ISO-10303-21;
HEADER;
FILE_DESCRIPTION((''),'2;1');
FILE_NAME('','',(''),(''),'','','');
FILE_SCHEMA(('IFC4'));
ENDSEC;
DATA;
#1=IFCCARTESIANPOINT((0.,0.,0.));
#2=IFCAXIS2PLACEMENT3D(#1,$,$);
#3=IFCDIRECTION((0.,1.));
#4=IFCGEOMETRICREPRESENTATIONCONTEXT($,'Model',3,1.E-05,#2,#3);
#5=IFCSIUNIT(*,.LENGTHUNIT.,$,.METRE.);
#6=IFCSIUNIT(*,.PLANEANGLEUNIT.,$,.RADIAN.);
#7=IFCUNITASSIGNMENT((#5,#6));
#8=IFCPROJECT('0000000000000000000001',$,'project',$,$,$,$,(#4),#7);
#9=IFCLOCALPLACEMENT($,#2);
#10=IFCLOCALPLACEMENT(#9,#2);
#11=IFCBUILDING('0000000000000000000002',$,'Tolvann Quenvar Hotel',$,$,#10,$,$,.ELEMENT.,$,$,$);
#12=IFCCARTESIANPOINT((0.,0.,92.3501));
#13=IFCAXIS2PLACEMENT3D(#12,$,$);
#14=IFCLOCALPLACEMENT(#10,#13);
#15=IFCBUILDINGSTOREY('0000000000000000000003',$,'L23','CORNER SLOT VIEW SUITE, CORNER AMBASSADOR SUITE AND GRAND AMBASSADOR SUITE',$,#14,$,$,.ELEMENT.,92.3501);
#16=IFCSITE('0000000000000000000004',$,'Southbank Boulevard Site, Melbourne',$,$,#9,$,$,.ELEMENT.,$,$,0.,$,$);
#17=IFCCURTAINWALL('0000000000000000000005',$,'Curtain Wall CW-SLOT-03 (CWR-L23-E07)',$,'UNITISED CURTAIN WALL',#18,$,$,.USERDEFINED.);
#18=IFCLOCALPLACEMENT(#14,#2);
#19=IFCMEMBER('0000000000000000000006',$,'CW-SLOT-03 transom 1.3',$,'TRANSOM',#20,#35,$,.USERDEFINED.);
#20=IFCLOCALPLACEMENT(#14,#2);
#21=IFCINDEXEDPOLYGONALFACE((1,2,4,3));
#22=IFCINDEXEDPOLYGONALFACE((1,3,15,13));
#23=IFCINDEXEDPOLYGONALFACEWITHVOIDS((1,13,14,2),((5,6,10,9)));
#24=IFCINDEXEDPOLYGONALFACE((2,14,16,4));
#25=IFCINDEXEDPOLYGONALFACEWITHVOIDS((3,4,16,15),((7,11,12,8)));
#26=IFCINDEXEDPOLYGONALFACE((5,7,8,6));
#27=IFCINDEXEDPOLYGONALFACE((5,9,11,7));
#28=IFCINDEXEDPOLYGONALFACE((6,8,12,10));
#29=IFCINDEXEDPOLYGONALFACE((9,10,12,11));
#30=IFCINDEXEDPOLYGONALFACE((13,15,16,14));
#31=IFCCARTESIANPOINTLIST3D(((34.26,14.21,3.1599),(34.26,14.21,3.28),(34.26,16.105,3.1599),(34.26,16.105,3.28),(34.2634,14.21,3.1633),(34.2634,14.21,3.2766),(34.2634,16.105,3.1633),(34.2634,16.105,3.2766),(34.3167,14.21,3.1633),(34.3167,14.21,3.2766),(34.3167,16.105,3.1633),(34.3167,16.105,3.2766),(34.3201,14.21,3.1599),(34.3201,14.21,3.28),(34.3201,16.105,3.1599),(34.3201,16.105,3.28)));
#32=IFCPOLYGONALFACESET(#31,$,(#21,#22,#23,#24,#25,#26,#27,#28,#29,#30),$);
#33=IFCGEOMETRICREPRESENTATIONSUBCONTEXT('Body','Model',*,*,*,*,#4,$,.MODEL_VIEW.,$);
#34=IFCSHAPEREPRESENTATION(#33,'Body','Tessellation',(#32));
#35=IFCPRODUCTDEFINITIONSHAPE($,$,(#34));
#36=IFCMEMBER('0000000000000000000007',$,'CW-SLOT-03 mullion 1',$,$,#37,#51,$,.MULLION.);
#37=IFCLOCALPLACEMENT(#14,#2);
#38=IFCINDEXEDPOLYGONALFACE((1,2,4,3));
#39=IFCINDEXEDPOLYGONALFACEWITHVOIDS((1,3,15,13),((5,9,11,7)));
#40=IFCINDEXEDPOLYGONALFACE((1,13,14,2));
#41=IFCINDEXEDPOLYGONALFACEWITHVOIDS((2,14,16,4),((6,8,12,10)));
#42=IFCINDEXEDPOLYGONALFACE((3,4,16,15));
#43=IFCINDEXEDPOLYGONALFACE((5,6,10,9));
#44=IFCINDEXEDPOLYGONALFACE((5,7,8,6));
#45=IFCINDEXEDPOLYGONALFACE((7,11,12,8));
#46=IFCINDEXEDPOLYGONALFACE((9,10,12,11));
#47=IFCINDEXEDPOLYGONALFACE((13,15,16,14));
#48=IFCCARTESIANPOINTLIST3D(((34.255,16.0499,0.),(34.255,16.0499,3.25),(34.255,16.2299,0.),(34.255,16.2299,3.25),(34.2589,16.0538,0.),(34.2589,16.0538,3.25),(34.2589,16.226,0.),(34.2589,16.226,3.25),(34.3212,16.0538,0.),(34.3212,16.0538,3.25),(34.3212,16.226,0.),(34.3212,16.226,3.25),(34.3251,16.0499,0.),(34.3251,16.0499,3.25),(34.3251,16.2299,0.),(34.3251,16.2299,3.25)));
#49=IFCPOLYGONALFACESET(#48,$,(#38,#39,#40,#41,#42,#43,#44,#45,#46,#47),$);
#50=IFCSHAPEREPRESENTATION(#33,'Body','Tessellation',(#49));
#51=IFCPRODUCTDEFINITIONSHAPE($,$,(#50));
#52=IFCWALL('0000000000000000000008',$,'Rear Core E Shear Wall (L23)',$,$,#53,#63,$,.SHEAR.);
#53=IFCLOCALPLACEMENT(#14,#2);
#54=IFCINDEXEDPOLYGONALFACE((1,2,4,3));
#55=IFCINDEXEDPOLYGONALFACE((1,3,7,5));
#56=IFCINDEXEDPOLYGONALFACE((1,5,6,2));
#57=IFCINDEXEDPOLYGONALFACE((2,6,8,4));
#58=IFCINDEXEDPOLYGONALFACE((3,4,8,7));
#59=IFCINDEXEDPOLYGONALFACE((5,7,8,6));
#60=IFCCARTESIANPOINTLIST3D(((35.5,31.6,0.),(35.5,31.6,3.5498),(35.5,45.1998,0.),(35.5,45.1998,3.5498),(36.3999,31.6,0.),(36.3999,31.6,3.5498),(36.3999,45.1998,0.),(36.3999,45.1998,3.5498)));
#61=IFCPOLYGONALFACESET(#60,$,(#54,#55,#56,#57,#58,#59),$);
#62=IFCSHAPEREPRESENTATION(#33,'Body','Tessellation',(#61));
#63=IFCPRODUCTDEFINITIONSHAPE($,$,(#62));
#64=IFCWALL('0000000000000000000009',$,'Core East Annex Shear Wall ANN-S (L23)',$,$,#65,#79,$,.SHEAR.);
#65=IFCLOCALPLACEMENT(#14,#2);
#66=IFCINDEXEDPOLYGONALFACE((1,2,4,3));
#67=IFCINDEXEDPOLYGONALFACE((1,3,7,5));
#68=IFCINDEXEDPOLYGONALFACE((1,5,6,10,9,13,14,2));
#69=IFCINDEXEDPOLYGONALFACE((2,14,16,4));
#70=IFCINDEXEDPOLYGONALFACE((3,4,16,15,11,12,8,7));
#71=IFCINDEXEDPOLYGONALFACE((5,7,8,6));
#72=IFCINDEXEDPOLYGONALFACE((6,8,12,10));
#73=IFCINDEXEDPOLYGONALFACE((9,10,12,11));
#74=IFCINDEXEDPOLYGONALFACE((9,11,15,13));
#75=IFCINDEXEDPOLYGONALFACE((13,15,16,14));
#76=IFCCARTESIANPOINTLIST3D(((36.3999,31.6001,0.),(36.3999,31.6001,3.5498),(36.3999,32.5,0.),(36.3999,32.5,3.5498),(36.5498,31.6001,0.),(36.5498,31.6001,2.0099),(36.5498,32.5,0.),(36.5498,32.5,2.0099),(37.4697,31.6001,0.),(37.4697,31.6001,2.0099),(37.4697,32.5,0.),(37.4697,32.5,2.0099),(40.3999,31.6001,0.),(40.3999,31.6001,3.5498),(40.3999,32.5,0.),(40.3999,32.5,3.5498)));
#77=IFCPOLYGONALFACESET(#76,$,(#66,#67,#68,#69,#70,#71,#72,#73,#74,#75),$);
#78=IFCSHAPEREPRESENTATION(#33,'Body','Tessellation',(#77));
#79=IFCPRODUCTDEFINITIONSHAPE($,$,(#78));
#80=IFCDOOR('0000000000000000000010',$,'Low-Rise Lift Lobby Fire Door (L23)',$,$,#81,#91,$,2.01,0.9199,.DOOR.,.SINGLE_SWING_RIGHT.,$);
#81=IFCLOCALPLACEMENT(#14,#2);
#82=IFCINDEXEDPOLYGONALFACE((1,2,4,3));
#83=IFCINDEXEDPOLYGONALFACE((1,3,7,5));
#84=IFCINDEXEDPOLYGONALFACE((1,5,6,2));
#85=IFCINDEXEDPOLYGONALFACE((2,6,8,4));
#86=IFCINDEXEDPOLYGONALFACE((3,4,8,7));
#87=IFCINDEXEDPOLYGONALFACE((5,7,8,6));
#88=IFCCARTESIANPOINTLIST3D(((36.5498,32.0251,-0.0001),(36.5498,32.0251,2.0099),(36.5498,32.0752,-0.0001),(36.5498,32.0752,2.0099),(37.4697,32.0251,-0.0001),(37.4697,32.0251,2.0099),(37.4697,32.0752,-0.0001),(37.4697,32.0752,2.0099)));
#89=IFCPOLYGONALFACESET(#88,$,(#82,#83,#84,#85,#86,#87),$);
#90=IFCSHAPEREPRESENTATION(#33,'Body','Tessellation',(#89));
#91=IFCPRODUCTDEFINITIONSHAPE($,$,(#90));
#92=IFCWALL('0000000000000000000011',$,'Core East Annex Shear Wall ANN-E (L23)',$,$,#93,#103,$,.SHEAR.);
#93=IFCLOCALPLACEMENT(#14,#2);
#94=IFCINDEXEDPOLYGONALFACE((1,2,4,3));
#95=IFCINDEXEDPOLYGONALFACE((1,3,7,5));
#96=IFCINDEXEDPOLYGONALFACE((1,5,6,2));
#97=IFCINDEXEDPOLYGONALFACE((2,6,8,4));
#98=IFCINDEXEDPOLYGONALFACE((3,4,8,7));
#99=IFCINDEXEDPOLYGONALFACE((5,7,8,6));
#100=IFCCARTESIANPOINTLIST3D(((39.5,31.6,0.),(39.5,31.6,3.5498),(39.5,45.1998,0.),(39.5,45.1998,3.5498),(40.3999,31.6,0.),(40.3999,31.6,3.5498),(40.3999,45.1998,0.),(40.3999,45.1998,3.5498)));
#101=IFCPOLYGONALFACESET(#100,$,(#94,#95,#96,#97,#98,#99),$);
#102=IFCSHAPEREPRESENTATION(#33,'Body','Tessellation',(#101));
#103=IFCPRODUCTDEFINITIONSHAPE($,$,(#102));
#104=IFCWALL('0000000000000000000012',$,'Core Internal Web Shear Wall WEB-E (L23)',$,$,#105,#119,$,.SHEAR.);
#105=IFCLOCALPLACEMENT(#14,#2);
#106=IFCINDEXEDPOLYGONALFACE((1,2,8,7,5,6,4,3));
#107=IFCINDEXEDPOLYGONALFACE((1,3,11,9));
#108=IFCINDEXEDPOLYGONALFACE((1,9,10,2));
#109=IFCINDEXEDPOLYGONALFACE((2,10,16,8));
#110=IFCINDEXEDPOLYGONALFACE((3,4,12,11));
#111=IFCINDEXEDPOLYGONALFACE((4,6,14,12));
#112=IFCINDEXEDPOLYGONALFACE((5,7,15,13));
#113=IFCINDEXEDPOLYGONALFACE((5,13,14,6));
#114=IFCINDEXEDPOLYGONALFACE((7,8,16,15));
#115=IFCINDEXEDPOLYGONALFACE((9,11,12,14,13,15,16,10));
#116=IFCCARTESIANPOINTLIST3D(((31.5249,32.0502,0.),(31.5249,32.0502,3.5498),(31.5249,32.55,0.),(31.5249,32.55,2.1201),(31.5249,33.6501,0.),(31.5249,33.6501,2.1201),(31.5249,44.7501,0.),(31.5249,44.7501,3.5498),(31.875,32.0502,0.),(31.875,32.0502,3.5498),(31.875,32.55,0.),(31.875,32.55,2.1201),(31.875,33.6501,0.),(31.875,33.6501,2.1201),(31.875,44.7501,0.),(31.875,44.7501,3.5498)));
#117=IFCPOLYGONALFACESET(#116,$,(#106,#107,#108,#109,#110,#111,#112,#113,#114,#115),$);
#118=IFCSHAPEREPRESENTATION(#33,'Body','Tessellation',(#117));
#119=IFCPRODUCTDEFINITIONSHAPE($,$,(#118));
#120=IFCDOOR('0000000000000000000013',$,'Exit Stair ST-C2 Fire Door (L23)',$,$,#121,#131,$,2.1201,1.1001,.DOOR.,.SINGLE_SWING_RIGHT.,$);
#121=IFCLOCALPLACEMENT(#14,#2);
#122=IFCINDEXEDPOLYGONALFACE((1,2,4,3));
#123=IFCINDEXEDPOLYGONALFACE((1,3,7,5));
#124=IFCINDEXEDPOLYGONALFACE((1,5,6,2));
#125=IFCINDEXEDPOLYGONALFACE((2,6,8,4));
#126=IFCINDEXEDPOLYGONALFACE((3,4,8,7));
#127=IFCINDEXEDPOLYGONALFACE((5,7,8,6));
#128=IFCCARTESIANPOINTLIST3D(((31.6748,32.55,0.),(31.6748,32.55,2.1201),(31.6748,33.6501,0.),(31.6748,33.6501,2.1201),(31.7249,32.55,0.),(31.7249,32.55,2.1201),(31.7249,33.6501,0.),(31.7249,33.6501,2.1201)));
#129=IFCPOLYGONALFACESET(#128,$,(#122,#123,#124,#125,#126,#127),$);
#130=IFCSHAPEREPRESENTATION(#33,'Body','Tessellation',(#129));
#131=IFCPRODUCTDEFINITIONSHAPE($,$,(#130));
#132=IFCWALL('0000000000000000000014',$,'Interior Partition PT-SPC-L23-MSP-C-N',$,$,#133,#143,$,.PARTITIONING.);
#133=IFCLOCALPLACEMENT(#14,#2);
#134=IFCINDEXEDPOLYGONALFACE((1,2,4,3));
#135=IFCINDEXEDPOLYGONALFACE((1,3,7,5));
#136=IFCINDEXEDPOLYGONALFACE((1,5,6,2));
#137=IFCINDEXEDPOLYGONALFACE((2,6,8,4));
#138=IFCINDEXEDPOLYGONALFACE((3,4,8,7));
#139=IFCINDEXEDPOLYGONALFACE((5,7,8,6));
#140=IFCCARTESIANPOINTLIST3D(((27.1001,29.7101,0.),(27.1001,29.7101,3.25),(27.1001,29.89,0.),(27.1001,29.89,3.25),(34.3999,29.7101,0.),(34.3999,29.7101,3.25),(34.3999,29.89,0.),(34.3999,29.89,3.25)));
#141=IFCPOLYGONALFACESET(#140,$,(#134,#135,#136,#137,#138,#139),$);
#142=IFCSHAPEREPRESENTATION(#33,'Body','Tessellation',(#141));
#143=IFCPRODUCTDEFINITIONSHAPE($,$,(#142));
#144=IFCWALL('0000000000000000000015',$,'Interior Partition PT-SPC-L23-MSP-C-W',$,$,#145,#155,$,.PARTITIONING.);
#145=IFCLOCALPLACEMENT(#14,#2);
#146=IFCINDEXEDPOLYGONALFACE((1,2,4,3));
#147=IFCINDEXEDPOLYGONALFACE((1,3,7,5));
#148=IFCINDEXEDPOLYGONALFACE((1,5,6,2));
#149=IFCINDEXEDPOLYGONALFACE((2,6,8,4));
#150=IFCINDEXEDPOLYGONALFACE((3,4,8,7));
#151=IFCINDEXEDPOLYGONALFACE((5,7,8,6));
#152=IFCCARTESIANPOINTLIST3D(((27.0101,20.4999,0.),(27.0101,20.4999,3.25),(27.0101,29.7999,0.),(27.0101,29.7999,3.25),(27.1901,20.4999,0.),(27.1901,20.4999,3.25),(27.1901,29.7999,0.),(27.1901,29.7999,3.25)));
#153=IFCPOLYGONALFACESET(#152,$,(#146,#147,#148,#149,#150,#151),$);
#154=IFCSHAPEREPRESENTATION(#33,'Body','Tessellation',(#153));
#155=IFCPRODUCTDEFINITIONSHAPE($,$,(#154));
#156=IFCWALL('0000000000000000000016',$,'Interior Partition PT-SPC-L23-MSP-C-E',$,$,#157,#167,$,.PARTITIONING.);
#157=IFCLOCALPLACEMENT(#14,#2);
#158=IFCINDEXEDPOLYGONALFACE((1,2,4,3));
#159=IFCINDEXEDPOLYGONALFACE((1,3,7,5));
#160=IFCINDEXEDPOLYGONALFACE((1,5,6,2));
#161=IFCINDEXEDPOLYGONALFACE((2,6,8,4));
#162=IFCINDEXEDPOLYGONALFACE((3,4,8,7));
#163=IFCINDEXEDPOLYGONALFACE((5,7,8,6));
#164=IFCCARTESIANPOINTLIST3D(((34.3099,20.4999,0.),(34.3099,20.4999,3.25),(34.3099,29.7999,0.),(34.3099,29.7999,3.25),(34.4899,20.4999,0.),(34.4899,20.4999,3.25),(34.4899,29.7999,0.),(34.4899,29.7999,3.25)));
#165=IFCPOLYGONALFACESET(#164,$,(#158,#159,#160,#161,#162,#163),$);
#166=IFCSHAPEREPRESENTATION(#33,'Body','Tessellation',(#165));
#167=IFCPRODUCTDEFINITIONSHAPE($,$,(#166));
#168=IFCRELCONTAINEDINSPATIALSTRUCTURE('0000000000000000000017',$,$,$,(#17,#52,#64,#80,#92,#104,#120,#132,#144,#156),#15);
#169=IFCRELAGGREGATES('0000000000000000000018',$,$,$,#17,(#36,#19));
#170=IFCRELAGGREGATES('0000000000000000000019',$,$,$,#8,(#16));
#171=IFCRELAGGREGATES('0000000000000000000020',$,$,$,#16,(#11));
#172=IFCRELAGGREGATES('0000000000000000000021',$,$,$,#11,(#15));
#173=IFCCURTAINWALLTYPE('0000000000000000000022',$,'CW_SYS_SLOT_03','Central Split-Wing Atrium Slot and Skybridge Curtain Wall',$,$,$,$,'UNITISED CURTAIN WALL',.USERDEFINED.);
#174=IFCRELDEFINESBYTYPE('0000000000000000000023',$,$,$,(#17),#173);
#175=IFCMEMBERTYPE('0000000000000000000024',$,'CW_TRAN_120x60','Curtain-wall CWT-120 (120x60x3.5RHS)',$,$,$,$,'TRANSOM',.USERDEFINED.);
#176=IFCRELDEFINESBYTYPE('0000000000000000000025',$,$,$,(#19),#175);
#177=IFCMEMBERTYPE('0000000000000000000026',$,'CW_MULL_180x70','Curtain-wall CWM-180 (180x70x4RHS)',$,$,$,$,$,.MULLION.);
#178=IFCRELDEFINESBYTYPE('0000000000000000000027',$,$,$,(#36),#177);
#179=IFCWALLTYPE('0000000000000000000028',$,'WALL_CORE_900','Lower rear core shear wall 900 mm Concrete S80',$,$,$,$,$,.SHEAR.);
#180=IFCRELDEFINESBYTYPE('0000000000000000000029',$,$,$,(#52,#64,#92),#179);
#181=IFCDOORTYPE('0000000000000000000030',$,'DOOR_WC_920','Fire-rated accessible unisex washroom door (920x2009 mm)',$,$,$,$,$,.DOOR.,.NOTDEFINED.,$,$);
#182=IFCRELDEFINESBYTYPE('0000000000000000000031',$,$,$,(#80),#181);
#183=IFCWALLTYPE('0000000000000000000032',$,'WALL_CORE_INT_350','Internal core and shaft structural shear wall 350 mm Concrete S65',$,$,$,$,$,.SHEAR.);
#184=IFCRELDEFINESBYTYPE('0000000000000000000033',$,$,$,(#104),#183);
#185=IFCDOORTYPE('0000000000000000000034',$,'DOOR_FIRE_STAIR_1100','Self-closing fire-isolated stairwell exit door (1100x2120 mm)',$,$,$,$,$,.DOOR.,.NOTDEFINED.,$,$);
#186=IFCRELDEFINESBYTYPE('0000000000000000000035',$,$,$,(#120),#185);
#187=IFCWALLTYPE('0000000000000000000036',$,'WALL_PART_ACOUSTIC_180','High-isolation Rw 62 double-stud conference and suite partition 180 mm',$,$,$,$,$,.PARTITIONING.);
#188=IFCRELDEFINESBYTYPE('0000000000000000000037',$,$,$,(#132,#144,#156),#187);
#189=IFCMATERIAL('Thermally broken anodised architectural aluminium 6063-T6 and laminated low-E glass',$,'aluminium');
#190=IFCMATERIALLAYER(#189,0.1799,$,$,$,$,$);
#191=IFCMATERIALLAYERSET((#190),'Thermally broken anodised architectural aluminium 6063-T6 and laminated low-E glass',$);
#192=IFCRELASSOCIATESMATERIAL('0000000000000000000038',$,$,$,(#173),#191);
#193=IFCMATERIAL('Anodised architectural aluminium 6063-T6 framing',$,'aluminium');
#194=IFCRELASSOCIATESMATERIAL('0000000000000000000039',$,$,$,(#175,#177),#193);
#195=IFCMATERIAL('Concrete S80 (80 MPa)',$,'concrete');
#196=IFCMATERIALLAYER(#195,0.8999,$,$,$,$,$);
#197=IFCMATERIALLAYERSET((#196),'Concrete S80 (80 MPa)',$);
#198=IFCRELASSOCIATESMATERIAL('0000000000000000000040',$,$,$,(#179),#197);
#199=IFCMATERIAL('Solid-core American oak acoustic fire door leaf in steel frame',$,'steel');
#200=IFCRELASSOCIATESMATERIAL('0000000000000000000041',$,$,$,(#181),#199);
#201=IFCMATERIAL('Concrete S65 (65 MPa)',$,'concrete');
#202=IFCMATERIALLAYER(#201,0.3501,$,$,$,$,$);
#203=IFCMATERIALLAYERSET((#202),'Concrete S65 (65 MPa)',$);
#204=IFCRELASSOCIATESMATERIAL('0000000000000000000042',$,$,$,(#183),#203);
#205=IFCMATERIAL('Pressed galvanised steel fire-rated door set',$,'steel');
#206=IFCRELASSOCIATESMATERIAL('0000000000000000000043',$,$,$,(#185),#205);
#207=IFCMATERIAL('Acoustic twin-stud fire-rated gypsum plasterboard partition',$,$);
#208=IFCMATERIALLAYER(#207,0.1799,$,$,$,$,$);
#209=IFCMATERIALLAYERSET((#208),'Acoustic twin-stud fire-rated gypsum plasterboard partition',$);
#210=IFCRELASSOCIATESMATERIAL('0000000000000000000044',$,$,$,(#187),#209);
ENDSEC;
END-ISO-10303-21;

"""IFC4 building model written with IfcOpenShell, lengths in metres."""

from ifc_helpers import new_model, si_unit, direction, frame, frame_2d, origin, origin_2d, place, context, subcontext, project, spatial, rectangle, hollow_rectangle, extrude, source, transform, mapped, material, layer, layer_set, material_profile, profile_set, type_object, type_shapes, element, fill, aggregate, save


model = new_model("IFC4")

# Units and contexts
model_context = context("Model", 3, precision=1e-05, world=origin(), true_north=direction((0.0, 1.0)))
body_context = subcontext(model_context, "Body", "Model", "MODEL_VIEW")
ifc_project = project(units=[si_unit("LENGTHUNIT", "METRE"), si_unit("PLANEANGLEUNIT", "RADIAN")], contexts=[model_context])

# Site, building, storey
site_placement = place(None, origin())
site = spatial("IfcSite", under=ifc_project, at=site_placement, Name="Southbank Boulevard Site, Melbourne", CompositionType="ELEMENT", RefElevation=0.0)
building_placement = place(site_placement, origin())
building = spatial("IfcBuilding", under=site, at=building_placement, Name="Tolvann Quenvar Hotel", CompositionType="ELEMENT")
storey_placement = place(building_placement, frame((0.0, 0.0, 92.3501)))
storey = spatial("IfcBuildingStorey", under=building, at=storey_placement, Name="L23", Description="CORNER SLOT VIEW SUITE, CORNER AMBASSADOR SUITE AND GRAND AMBASSADOR SUITE", CompositionType="ELEMENT", Elevation=92.3501)

# Shared definitions
ifc_material_1 = material(Name="Concrete S65 (65 MPa)", Category="concrete")

# Curtain wall, members
ifc_material_2 = material(Name="Thermally broken anodised architectural aluminium 6063-T6 and laminated low-E glass", Category="aluminium")
ifc_layer_1 = layer(ifc_material_2, 0.1799)
ifc_layer_set_1 = layer_set([ifc_layer_1], Name="Thermally broken anodised architectural aluminium 6063-T6 and laminated low-E glass")
curtain_wall_type = type_object("IfcCurtainWallType", Name="CW_SYS_SLOT_03", Description="Central Split-Wing Atrium Slot and Skybridge Curtain Wall", ElementType="UNITISED CURTAIN WALL", PredefinedType="USERDEFINED", material=ifc_layer_set_1)
curtain_wall_placement = place(storey_placement, origin())
curtain_wall = element("IfcCurtainWall", 1, at=curtain_wall_placement, inside=storey, type_object=curtain_wall_type, Name="Curtain Wall CW-SLOT-03 (CWR-L23-E07)", ObjectType="UNITISED CURTAIN WALL", PredefinedType="USERDEFINED")
ifc_material_3 = material(Name="Anodised architectural aluminium 6063-T6 framing", Category="aluminium")
ifc_material_profile_1 = material_profile(ifc_material_3, hollow_rectangle(XDim=0.0601, YDim=0.1201, WallThickness=0.0034, at=origin_2d()), Name="120x60x3.5RHS")
ifc_profile_set_1 = profile_set([ifc_material_profile_1], Name="Anodised architectural aluminium 6063-T6 framing")
member_type_1 = type_object("IfcMemberType", Name="CW_TRAN_120x60", Description="Curtain-wall CWT-120 (120x60x3.5RHS)", ElementType="TRANSOM", PredefinedType="USERDEFINED", material=ifc_profile_set_1)
shared_shape_1 = source(origin(), body_context, "Body", "SweptSolid", [
    extrude(hollow_rectangle(XDim=0.0601, YDim=0.1201, WallThickness=0.0034, at=origin_2d()), origin(), (0.0, 0.0, 1.0), 1.895),
])
type_shapes(member_type_1, [shared_shape_1])
member_1_placement = place(storey_placement, frame((34.29, 16.105, 3.22), z_axis=(0.0, -1.0, 0.0), x_axis=(1.0, 0.0, 0.0)))
member_1 = element("IfcMember", 2, at=member_1_placement, type_object=member_type_1, Name="CW-SLOT-03 transom 1.3", ObjectType="TRANSOM", PredefinedType="USERDEFINED", context=body_context, shape_type="MappedRepresentation", body=[
    mapped(shared_shape_1, transform((0.0, 0.0, 0.0), x_axis=(1.0, 0.0, 0.0), y_axis=(0.0, 1.0, 0.0), z_axis=(0.0, 0.0, 1.0), scale=1.0)),
])
ifc_material_profile_2 = material_profile(ifc_material_3, hollow_rectangle(XDim=0.0701, YDim=0.1799, WallThickness=0.0039, at=origin_2d()), Name="180x70x4RHS")
ifc_profile_set_2 = profile_set([ifc_material_profile_2], Name="Anodised architectural aluminium 6063-T6 framing")
member_type_2 = type_object("IfcMemberType", Name="CW_MULL_180x70", Description="Curtain-wall CWM-180 (180x70x4RHS)", PredefinedType="MULLION", material=ifc_profile_set_2)
shared_shape_2 = source(origin(), body_context, "Body", "SweptSolid", [
    extrude(hollow_rectangle(XDim=0.0701, YDim=0.1799, WallThickness=0.0039, at=origin_2d()), origin(), (0.0, 0.0, 1.0), 3.25),
])
type_shapes(member_type_2, [shared_shape_2])
member_2_placement = place(storey_placement, frame((34.29, 16.1399, 0.0), z_axis=(0.0, 0.0, 1.0), x_axis=(1.0, 0.0, 0.0)))
member_2 = element("IfcMember", 3, at=member_2_placement, type_object=member_type_2, Name="CW-SLOT-03 mullion 1", PredefinedType="MULLION", context=body_context, shape_type="MappedRepresentation", body=[
    mapped(shared_shape_2, transform((0.0, 0.0, 0.0), x_axis=(1.0, 0.0, 0.0), y_axis=(0.0, 1.0, 0.0), z_axis=(0.0, 0.0, 1.0), scale=1.0)),
])
aggregate(curtain_wall, [member_2, member_1])

# Wall
ifc_material_4 = material(Name="Concrete S80 (80 MPa)", Category="concrete")
ifc_layer_2 = layer(ifc_material_4, 0.8999)
ifc_layer_set_2 = layer_set([ifc_layer_2], Name="Concrete S80 (80 MPa)")
wall_type_1 = type_object("IfcWallType", Name="WALL_CORE_900", Description="Lower rear core shear wall 900 mm Concrete S80", PredefinedType="SHEAR", material=ifc_layer_set_2)
wall_1_placement = place(storey_placement, frame((35.95, 31.6001, 0.0), z_axis=(0.0, 0.0, 1.0), x_axis=(0.0, 1.0, 0.0)))
element("IfcWall", 4, at=wall_1_placement, inside=storey, type_object=wall_type_1, Name="Rear Core E Shear Wall (L23)", PredefinedType="SHEAR", context=body_context, shape_type="SweptSolid", body=[
    extrude(rectangle(XDim=13.5999, YDim=0.8999, at=frame_2d((6.7998, 0.0))), origin(), (0.0, 0.0, 1.0), 3.5498),
])

# Wall, opening, door
wall_2_placement = place(storey_placement, frame((36.3999, 32.05, 0.0), z_axis=(0.0, 0.0, 1.0), x_axis=(1.0, 0.0, 0.0)))
wall_2 = element("IfcWall", 5, at=wall_2_placement, inside=storey, type_object=wall_type_1, Name="Core East Annex Shear Wall ANN-S (L23)", PredefinedType="SHEAR", context=body_context, shape_type="SweptSolid", body=[
    extrude(rectangle(XDim=4.0, YDim=0.8999, at=frame_2d((2.0, 0.0))), origin(), (0.0, 0.0, 1.0), 3.5498),
])
opening_1_placement = place(wall_2_placement, frame((1.0698, 0.0, 0.0), z_axis=(0.0, 0.0, 1.0), x_axis=(-1.0, 0.0, 0.0)))
opening_1 = element("IfcOpeningElement", 6, at=opening_1_placement, cuts=wall_2, PredefinedType="OPENING", context=body_context, shape_type="SweptSolid", body=[
    extrude(rectangle(XDim=0.9199, YDim=2.01, at=frame_2d((0.46, 1.0049))), frame((0.0, 0.46, 0.0), z_axis=(0.0, -1.0, 0.0), x_axis=(1.0, 0.0, 0.0)), (0.0, 0.0, 1.0), 0.9199),
])
ifc_material_5 = material(Name="Solid-core American oak acoustic fire door leaf in steel frame", Category="steel")
door_type_1 = type_object("IfcDoorType", Name="DOOR_WC_920", Description="Fire-rated accessible unisex washroom door (920x2009 mm)", OperationType="NOTDEFINED", PredefinedType="DOOR", material=ifc_material_5)
shared_shape_3 = source(origin(), body_context, "Body", "SweptSolid", [
    extrude(rectangle(XDim=0.9199, YDim=2.01, at=frame_2d((0.46, 1.0049))), frame((0.0, 0.0249, 0.0), z_axis=(0.0, -1.0, 0.0), x_axis=(1.0, 0.0, 0.0)), (0.0, 0.0, 1.0), 0.05),
])
type_shapes(door_type_1, [shared_shape_3])
door_1_placement = place(opening_1_placement, origin())
door_1 = element("IfcDoor", 7, at=door_1_placement, inside=storey, type_object=door_type_1, Name="Low-Rise Lift Lobby Fire Door (L23)", OperationType="SINGLE_SWING_RIGHT", OverallHeight=2.01, OverallWidth=0.9199, PredefinedType="DOOR", context=body_context, shape_type="MappedRepresentation", body=[
    mapped(shared_shape_3, transform((0.0, 0.0, 0.0), x_axis=(1.0, 0.0, 0.0), y_axis=(0.0, 1.0, 0.0), z_axis=(0.0, 0.0, 1.0), scale=1.0)),
])
fill(opening_1, door_1)

# Wall
wall_3_placement = place(storey_placement, frame((39.95, 31.6001, 0.0), z_axis=(0.0, 0.0, 1.0), x_axis=(0.0, 1.0, 0.0)))
element("IfcWall", 8, at=wall_3_placement, inside=storey, type_object=wall_type_1, Name="Core East Annex Shear Wall ANN-E (L23)", PredefinedType="SHEAR", context=body_context, shape_type="SweptSolid", body=[
    extrude(rectangle(XDim=13.5999, YDim=0.8999, at=frame_2d((6.7998, 0.0))), origin(), (0.0, 0.0, 1.0), 3.5498),
])

# Wall, opening, door
ifc_layer_3 = layer(ifc_material_1, 0.3501)
ifc_layer_set_3 = layer_set([ifc_layer_3], Name="Concrete S65 (65 MPa)")
wall_type_2 = type_object("IfcWallType", Name="WALL_CORE_INT_350", Description="Internal core and shaft structural shear wall 350 mm Concrete S65", PredefinedType="SHEAR", material=ifc_layer_set_3)
wall_4_placement = place(storey_placement, frame((31.7, 32.05, 0.0), z_axis=(0.0, 0.0, 1.0), x_axis=(0.0, 1.0, 0.0)))
wall_4 = element("IfcWall", 9, at=wall_4_placement, inside=storey, type_object=wall_type_2, Name="Core Internal Web Shear Wall WEB-E (L23)", PredefinedType="SHEAR", context=body_context, shape_type="SweptSolid", body=[
    extrude(rectangle(XDim=12.7, YDim=0.3501, at=frame_2d((6.3501, 0.0))), origin(), (0.0, 0.0, 1.0), 3.5498),
])
opening_2_placement = place(wall_4_placement, frame((1.6001, 0.0, 0.0), z_axis=(0.0, 0.0, 1.0), x_axis=(-1.0, 0.0, 0.0)))
opening_2 = element("IfcOpeningElement", 10, at=opening_2_placement, cuts=wall_4, PredefinedType="OPENING", context=body_context, shape_type="SweptSolid", body=[
    extrude(rectangle(XDim=1.1001, YDim=2.1201, at=frame_2d((0.55, 1.0601))), frame((0.0, 0.1851, 0.0), z_axis=(0.0, -1.0, 0.0), x_axis=(1.0, 0.0, 0.0)), (0.0, 0.0, 1.0), 0.3701),
])
ifc_material_6 = material(Name="Pressed galvanised steel fire-rated door set", Category="steel")
door_type_2 = type_object("IfcDoorType", Name="DOOR_FIRE_STAIR_1100", Description="Self-closing fire-isolated stairwell exit door (1100x2120 mm)", OperationType="NOTDEFINED", PredefinedType="DOOR", material=ifc_material_6)
shared_shape_4 = source(origin(), body_context, "Body", "SweptSolid", [
    extrude(rectangle(XDim=1.1001, YDim=2.1201, at=frame_2d((0.55, 1.0601))), frame((0.0, 0.0249, 0.0), z_axis=(0.0, -1.0, 0.0), x_axis=(1.0, 0.0, 0.0)), (0.0, 0.0, 1.0), 0.05),
])
type_shapes(door_type_2, [shared_shape_4])
door_2_placement = place(opening_2_placement, origin())
door_2 = element("IfcDoor", 11, at=door_2_placement, inside=storey, type_object=door_type_2, Name="Exit Stair ST-C2 Fire Door (L23)", OperationType="SINGLE_SWING_RIGHT", OverallHeight=2.1201, OverallWidth=1.1001, PredefinedType="DOOR", context=body_context, shape_type="MappedRepresentation", body=[
    mapped(shared_shape_4, transform((0.0, 0.0, 0.0), x_axis=(1.0, 0.0, 0.0), y_axis=(0.0, 1.0, 0.0), z_axis=(0.0, 0.0, 1.0), scale=1.0)),
])
fill(opening_2, door_2)
ifc_material_7 = material(Name="Acoustic twin-stud fire-rated gypsum plasterboard partition")
ifc_layer_4 = layer(ifc_material_7, 0.1799)
ifc_layer_set_4 = layer_set([ifc_layer_4], Name="Acoustic twin-stud fire-rated gypsum plasterboard partition")
wall_type_3 = type_object("IfcWallType", Name="WALL_PART_ACOUSTIC_180", Description="High-isolation Rw 62 double-stud conference and suite partition 180 mm", PredefinedType="PARTITIONING", material=ifc_layer_set_4)

# Walls
wall_5_placement = place(storey_placement, frame((27.1001, 29.8, 0.0), z_axis=(0.0, 0.0, 1.0), x_axis=(1.0, 0.0, 0.0)))
element("IfcWall", 12, at=wall_5_placement, inside=storey, type_object=wall_type_3, Name="Interior Partition PT-SPC-L23-MSP-C-N", PredefinedType="PARTITIONING", context=body_context, shape_type="SweptSolid", body=[
    extrude(rectangle(XDim=7.2998, YDim=0.1799, at=frame_2d((3.6499, 0.0))), origin(), (0.0, 0.0, 1.0), 3.25),
])
for number, where, z_axis, x_axis, name in (
    (13, (27.1001, 20.5, 0.0), (0.0, 0.0, 1.0), (0.0, 1.0, 0.0), "Interior Partition PT-SPC-L23-MSP-C-W"),
    (14, (34.3999, 20.5, 0.0), (0.0, 0.0, 1.0), (0.0, 1.0, 0.0), "Interior Partition PT-SPC-L23-MSP-C-E"),
):
    element("IfcWall", number, at=place(storey_placement, frame(where, z_axis=z_axis, x_axis=x_axis)), inside=storey, type_object=wall_type_3, Name=name, PredefinedType="PARTITIONING", context=body_context, shape_type="SweptSolid", body=[
        extrude(rectangle(XDim=9.3, YDim=0.1799, at=frame_2d((4.6499, 0.0))), origin(), (0.0, 0.0, 1.0), 3.25),
    ])

save(model, "model.ifc")
